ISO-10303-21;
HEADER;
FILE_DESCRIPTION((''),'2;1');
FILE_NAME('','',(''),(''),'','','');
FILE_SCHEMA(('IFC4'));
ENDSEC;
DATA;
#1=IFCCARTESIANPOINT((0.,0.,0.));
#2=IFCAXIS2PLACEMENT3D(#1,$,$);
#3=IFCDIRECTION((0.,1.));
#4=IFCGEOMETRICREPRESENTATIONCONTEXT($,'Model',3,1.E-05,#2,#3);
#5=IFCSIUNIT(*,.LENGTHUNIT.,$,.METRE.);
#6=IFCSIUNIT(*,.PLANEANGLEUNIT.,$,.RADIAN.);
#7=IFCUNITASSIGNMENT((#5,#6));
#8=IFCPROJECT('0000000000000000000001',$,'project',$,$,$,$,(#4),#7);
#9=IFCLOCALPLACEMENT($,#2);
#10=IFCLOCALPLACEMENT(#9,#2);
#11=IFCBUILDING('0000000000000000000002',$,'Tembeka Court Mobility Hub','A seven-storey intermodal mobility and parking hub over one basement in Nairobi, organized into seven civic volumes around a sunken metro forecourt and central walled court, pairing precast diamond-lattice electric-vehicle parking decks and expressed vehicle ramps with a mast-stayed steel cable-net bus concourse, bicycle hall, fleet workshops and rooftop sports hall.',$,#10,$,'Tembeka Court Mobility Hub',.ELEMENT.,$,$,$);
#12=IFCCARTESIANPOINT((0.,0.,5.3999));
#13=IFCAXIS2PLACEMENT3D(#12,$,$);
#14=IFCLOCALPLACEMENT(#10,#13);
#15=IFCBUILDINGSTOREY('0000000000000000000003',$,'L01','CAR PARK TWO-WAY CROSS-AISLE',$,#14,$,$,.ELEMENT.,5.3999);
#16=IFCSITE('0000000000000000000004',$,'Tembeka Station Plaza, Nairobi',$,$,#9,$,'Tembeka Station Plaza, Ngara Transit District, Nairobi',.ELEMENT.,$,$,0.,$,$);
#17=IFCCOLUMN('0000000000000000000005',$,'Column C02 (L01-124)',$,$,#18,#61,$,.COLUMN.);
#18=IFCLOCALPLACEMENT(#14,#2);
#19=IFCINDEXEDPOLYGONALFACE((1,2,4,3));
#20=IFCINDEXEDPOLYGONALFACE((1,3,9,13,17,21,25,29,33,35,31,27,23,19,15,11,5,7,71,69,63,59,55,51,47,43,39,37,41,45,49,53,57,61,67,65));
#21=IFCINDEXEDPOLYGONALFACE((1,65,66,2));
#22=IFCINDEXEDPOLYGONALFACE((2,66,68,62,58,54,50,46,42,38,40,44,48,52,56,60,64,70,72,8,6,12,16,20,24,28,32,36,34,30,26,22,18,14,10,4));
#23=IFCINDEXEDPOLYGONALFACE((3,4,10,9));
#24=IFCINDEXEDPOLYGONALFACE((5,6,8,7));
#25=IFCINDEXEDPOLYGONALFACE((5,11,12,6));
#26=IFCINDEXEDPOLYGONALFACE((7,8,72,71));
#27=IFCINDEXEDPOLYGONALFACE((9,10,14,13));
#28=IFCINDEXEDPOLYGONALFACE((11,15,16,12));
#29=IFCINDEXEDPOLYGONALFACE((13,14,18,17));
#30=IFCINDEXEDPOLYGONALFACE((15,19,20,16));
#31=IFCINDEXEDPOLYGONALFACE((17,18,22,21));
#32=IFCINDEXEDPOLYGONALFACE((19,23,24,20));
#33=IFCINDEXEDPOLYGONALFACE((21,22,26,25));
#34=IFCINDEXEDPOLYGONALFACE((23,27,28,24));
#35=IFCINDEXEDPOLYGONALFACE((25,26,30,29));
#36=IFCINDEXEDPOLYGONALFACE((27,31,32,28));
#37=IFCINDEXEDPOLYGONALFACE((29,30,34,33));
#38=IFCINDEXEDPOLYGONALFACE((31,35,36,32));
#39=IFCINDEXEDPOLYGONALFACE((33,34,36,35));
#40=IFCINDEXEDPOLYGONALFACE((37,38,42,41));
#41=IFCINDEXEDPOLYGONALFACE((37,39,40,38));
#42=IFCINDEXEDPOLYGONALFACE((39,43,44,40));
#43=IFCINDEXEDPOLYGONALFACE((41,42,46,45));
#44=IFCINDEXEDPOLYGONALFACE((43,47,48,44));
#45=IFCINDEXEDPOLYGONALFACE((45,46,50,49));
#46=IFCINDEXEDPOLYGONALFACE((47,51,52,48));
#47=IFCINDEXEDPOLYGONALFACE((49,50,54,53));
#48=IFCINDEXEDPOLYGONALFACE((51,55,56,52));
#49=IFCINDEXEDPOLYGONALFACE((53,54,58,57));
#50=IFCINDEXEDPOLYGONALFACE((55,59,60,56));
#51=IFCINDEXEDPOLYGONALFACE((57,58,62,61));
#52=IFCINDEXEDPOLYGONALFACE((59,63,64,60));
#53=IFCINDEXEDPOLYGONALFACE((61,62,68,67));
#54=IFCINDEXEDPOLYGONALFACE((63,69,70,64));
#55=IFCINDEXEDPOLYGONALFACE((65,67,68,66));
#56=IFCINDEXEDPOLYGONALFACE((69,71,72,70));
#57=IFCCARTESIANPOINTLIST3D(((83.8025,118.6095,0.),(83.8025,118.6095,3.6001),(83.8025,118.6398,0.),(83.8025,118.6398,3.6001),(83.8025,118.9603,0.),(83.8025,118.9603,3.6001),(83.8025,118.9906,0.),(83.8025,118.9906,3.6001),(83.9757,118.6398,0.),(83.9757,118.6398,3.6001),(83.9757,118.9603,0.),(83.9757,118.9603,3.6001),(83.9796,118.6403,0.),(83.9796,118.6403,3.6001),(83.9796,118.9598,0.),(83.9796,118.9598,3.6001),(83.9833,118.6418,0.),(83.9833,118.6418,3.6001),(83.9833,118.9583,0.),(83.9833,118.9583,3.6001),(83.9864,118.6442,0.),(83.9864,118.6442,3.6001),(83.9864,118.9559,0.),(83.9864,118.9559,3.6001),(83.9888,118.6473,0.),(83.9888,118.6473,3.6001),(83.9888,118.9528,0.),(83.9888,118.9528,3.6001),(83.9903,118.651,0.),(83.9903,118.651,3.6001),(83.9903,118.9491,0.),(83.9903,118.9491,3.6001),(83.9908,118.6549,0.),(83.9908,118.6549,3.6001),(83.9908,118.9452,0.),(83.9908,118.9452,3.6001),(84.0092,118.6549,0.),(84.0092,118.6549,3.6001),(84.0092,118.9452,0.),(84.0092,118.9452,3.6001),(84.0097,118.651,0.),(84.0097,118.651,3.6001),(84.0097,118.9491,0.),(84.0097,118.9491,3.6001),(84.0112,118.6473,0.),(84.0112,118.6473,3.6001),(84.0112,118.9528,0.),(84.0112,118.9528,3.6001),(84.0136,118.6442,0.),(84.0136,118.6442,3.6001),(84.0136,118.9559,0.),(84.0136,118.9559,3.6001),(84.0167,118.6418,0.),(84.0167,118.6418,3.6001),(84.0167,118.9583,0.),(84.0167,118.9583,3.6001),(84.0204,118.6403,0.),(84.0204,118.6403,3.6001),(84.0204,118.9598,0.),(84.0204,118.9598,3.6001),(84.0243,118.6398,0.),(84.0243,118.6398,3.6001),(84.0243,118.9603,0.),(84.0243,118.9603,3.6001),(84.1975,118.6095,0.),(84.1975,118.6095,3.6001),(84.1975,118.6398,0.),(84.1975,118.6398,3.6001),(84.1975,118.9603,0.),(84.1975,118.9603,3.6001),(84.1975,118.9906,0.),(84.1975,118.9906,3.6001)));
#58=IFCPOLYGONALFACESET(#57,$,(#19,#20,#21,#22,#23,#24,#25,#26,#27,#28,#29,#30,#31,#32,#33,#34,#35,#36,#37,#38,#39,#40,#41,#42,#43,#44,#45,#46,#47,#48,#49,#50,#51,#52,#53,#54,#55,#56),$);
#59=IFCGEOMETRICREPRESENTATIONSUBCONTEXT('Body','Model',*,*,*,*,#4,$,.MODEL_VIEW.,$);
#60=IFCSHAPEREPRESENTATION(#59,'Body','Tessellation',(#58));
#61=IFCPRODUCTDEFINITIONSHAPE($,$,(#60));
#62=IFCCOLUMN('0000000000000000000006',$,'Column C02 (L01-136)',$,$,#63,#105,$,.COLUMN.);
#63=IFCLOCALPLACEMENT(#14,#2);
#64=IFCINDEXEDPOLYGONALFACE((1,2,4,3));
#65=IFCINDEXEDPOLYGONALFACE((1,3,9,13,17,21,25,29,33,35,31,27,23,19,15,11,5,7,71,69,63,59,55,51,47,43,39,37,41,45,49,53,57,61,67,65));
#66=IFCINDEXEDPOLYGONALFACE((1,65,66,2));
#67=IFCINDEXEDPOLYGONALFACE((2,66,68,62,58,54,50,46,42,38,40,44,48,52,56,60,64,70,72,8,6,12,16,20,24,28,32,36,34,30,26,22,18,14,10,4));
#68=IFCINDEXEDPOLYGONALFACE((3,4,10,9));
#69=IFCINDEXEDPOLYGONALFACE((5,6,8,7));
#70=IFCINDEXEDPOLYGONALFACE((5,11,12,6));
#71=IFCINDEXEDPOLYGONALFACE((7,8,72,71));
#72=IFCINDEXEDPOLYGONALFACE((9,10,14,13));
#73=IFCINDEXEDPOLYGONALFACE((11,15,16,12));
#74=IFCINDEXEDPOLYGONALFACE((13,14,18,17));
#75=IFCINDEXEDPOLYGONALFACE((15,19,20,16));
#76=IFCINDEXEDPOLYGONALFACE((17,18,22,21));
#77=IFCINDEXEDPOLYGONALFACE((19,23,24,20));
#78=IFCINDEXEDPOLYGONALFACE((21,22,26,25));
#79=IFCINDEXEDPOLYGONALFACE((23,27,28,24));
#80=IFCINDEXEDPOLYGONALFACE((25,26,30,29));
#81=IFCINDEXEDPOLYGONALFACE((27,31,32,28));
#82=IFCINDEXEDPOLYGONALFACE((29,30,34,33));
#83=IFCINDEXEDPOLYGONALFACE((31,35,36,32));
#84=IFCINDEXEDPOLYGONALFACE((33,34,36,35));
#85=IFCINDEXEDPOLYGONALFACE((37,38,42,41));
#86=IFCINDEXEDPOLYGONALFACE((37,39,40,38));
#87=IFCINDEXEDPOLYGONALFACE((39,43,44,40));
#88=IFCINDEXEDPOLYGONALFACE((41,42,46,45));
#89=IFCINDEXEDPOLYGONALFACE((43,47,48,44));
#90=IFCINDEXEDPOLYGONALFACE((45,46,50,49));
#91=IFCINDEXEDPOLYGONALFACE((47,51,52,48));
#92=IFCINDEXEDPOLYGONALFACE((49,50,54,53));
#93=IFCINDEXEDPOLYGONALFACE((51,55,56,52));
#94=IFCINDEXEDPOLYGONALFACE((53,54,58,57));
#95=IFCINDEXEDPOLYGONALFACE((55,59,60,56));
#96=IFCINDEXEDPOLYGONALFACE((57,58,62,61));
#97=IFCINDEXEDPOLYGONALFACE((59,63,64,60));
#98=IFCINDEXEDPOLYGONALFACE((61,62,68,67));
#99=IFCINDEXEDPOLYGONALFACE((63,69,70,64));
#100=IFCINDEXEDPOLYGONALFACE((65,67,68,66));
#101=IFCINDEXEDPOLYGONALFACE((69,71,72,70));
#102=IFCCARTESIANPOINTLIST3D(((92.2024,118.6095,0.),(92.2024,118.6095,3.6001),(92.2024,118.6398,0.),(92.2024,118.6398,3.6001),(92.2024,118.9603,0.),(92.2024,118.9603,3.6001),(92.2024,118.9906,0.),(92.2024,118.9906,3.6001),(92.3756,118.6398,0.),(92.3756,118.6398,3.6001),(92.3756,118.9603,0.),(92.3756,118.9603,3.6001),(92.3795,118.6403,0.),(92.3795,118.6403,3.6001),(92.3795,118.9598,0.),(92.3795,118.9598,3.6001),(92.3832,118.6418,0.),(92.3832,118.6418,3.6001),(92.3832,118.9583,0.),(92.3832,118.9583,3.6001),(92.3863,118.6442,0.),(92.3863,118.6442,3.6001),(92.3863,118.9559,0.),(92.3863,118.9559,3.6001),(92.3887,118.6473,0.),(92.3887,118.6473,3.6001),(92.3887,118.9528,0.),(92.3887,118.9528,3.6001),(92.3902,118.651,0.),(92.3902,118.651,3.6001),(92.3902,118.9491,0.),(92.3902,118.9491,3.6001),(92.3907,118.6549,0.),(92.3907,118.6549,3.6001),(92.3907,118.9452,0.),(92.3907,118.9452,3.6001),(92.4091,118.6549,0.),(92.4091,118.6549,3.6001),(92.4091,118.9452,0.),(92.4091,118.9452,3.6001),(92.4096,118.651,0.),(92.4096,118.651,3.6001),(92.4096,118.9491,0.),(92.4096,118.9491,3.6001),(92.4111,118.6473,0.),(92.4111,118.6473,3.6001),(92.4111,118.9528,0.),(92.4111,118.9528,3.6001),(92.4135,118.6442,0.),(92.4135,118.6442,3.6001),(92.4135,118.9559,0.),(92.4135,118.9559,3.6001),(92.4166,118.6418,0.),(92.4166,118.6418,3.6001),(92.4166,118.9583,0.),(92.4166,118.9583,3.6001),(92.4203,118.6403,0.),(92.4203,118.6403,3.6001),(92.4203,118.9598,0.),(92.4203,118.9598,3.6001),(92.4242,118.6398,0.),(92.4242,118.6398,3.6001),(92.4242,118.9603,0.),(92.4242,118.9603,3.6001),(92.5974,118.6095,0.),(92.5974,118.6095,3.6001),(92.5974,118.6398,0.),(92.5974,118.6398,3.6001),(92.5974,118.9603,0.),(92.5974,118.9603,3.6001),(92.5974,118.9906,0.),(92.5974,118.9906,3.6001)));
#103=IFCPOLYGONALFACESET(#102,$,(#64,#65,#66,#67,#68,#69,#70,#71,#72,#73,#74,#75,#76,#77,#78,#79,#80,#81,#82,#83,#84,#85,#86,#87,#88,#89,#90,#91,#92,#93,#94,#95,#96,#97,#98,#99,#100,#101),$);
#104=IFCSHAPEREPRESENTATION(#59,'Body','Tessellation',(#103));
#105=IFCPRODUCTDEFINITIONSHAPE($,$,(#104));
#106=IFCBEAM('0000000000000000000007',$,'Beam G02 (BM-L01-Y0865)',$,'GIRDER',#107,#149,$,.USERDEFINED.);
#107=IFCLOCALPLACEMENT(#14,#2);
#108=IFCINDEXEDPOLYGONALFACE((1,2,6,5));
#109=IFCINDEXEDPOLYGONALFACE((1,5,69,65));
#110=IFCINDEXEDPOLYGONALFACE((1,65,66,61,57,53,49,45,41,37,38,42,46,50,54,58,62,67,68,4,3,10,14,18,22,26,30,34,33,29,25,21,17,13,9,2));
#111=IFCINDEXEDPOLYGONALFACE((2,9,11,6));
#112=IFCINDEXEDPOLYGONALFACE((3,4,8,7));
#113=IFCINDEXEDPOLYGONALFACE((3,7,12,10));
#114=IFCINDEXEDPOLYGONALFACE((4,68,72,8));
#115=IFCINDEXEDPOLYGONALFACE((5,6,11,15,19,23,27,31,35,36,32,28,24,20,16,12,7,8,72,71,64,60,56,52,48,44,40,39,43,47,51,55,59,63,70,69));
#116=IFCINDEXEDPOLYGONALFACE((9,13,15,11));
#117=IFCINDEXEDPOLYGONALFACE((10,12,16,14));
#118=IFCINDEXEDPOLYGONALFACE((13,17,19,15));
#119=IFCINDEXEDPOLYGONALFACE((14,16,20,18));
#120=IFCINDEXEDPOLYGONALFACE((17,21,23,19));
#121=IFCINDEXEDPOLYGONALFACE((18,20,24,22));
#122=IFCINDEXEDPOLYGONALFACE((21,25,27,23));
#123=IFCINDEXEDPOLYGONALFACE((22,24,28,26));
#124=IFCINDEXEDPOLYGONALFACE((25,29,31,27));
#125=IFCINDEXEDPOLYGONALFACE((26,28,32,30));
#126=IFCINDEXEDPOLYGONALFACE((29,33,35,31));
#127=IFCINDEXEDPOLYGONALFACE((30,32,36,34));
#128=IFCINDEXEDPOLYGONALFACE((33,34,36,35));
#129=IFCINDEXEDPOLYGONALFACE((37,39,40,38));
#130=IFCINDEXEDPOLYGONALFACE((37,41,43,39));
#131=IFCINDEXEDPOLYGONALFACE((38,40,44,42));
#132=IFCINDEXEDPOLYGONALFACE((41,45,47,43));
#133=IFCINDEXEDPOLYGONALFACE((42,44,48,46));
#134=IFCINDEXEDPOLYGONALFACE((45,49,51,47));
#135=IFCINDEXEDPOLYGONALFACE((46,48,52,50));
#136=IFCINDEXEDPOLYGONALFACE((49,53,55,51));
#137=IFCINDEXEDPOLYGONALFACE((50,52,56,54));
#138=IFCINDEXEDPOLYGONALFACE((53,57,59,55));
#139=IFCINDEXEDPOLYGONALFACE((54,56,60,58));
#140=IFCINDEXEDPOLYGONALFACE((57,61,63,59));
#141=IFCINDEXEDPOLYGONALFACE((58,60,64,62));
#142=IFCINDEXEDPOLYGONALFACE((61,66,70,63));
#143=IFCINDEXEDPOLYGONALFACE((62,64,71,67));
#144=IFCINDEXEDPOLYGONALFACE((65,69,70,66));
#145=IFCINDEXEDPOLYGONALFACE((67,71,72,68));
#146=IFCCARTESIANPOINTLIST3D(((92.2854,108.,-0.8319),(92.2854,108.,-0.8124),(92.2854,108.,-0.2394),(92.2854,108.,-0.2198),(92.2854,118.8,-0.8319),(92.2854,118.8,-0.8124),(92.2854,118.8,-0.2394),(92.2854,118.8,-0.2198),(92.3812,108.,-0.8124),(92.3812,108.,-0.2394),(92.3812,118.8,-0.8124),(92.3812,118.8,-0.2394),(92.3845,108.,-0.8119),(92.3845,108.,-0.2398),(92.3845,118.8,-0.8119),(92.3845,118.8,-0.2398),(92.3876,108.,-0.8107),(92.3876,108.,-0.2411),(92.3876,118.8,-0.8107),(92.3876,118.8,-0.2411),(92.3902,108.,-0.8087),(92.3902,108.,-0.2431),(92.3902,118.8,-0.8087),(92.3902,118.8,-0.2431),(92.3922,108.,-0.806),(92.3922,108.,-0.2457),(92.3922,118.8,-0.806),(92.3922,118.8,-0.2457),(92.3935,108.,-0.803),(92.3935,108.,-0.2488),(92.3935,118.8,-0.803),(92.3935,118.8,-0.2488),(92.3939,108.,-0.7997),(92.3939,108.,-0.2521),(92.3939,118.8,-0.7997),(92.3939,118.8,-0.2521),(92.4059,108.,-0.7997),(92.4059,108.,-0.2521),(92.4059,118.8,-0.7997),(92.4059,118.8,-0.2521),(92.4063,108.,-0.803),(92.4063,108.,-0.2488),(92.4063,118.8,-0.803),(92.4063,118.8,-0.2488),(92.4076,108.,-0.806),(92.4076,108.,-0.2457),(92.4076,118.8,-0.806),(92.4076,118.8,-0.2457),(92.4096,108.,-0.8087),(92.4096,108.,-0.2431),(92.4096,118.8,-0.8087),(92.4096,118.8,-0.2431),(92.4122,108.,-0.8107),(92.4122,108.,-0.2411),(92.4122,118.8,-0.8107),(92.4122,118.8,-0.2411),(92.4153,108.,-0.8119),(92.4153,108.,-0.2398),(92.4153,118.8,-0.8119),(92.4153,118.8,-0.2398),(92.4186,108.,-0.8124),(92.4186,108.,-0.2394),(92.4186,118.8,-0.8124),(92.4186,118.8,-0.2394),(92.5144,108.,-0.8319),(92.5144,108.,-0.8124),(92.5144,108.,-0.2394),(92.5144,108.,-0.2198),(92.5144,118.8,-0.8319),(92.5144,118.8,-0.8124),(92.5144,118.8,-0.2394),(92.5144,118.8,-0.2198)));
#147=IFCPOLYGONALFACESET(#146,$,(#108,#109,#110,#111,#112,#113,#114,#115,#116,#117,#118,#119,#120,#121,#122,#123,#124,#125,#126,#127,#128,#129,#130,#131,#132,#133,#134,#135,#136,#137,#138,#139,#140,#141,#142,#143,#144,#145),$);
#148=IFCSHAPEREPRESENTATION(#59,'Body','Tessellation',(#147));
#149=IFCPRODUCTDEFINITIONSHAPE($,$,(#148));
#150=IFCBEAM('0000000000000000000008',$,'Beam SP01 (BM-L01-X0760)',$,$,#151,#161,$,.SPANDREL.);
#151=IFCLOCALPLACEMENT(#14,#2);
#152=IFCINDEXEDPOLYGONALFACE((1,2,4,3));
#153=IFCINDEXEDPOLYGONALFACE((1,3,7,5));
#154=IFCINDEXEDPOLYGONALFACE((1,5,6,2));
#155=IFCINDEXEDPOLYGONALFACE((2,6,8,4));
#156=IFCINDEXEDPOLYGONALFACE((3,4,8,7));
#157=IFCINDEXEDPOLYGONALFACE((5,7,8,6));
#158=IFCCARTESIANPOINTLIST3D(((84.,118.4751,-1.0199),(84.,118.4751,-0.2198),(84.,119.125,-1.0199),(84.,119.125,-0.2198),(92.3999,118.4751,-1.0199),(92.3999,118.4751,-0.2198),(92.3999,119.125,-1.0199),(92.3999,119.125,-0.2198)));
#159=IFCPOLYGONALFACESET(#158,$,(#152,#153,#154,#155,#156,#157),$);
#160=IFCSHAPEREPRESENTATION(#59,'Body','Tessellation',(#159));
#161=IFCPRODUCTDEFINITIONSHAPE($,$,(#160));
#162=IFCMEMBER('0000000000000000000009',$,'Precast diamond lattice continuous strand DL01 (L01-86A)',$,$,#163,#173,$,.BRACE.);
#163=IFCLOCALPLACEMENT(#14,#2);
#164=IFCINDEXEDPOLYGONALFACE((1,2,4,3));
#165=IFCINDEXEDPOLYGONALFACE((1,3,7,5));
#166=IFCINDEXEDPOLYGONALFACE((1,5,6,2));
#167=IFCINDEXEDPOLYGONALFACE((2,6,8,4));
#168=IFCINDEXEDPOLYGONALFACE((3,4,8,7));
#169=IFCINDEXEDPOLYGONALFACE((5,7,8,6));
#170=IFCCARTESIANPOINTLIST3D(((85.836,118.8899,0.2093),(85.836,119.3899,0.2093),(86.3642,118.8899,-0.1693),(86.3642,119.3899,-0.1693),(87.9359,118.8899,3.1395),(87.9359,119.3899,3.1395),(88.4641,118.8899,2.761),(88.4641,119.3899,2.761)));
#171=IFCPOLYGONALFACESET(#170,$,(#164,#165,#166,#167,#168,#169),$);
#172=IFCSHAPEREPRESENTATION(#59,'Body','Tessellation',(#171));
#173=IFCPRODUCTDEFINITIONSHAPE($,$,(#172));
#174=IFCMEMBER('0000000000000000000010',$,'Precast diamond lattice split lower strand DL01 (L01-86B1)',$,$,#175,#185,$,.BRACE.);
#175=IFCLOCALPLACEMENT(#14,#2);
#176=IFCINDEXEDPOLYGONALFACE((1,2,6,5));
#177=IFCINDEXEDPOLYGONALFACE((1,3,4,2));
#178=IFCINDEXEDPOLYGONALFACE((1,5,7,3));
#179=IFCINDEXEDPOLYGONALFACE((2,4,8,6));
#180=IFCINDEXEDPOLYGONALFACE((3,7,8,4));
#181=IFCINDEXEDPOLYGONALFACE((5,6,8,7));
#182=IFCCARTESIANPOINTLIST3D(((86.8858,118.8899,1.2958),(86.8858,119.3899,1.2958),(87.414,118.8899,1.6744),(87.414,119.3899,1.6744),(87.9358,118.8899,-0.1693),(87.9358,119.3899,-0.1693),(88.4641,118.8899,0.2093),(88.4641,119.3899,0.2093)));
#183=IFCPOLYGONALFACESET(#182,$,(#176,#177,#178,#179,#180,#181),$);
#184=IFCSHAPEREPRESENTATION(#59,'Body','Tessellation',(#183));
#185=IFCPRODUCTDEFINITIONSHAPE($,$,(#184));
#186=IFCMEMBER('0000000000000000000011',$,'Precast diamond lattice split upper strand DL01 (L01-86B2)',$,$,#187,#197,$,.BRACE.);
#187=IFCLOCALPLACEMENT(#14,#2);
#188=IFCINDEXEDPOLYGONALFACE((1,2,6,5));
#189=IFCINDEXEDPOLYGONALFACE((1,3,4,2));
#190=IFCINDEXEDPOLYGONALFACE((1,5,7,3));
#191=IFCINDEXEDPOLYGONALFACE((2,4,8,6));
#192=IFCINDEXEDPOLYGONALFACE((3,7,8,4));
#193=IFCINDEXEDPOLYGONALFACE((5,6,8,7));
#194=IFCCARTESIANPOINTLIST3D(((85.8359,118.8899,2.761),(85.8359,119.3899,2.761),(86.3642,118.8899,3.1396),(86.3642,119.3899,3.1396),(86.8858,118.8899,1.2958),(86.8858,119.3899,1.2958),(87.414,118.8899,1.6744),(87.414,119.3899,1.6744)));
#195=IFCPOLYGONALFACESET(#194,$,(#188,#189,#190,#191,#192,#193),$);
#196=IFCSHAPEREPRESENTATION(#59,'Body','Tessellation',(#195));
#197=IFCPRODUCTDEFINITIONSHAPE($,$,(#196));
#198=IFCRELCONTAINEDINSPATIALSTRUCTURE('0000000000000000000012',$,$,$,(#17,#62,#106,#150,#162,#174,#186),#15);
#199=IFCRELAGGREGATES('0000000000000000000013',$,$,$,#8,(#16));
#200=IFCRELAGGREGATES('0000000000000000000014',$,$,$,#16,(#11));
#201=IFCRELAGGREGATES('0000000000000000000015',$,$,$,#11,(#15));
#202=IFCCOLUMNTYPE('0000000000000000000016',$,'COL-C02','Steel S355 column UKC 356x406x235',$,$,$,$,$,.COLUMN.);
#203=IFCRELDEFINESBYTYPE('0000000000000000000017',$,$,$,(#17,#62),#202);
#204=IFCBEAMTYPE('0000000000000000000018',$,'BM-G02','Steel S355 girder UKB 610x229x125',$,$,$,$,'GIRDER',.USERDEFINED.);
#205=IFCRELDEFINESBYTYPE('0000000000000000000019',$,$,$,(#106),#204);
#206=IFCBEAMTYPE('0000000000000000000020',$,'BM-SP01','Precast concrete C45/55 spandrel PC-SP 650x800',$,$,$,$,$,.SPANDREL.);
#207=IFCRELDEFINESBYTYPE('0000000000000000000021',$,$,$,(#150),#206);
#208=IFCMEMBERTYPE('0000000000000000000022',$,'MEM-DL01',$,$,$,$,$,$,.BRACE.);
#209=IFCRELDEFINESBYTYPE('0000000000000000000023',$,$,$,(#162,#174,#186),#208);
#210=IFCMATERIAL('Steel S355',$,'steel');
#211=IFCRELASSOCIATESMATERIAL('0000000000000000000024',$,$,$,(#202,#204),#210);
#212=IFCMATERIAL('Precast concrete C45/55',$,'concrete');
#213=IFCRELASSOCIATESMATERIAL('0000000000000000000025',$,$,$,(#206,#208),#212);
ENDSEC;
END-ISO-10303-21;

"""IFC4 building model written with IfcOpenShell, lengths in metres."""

from ifc_helpers import new_model, si_unit, direction, frame, origin, origin_2d, place, context, subcontext, project, spatial, rectangle, i_section, extrude, material, material_profile, profile_set, type_object, element, save


model = new_model("IFC4")

# Units and contexts
model_context = context("Model", 3, precision=1e-05, world=origin(), true_north=direction((0.0, 1.0)))
body_context = subcontext(model_context, "Body", "Model", "MODEL_VIEW")
ifc_project = project(units=[si_unit("LENGTHUNIT", "METRE"), si_unit("PLANEANGLEUNIT", "RADIAN")], contexts=[model_context])

# Site, building, storey
site_placement = place(None, origin())
site = spatial("IfcSite", under=ifc_project, at=site_placement, Name="Tembeka Station Plaza, Nairobi", LongName="Tembeka Station Plaza, Ngara Transit District, Nairobi", CompositionType="ELEMENT", RefElevation=0.0)
building_placement = place(site_placement, origin())
building = spatial("IfcBuilding", under=site, at=building_placement, Name="Tembeka Court Mobility Hub", Description="A seven-storey intermodal mobility and parking hub over one basement in Nairobi, organized into seven civic volumes around a sunken metro forecourt and central walled court, pairing precast diamond-lattice electric-vehicle parking decks and expressed vehicle ramps with a mast-stayed steel cable-net bus concourse, bicycle hall, fleet workshops and rooftop sports hall.", LongName="Tembeka Court Mobility Hub", CompositionType="ELEMENT")
storey_placement = place(building_placement, frame((0.0, 0.0, 5.3999)))
storey = spatial("IfcBuildingStorey", under=building, at=storey_placement, Name="L01", Description="CAR PARK TWO-WAY CROSS-AISLE", CompositionType="ELEMENT", Elevation=5.3999)

# Columns
ifc_material_1 = material(Name="Steel S355", Category="steel")
ifc_material_profile_1 = material_profile(ifc_material_1, i_section(OverallWidth=0.395, OverallDepth=0.3811, WebThickness=0.0183, FlangeThickness=0.0303, FilletRadius=0.0151, at=origin_2d()), Name="UKC 356x406x235")
ifc_profile_set_1 = profile_set([ifc_material_profile_1], Name="Steel S355")
column_type = type_object("IfcColumnType", Name="COL-C02", Description="Steel S355 column UKC 356x406x235", PredefinedType="COLUMN", material=ifc_profile_set_1)
for number, where, z_axis, x_axis, name in (
    (1, (84.0, 118.8, 0.0), (0.0, 0.0, 1.0), (1.0, 0.0, 0.0), "Column C02 (L01-124)"),
    (2, (92.3999, 118.8, 0.0), (0.0, 0.0, 1.0), (1.0, 0.0, 0.0), "Column C02 (L01-136)"),
):
    element("IfcColumn", number, at=place(storey_placement, frame(where, z_axis=z_axis, x_axis=x_axis)), inside=storey, type_object=column_type, Name=name, PredefinedType="COLUMN", context=body_context, shape_type="SweptSolid", body=[
        extrude(i_section(OverallWidth=0.395, OverallDepth=0.3811, WebThickness=0.0183, FlangeThickness=0.0303, FilletRadius=0.0151, at=origin_2d()), origin(), (0.0, 0.0, 1.0), 3.6001),
    ])

# Beams
ifc_material_profile_2 = material_profile(ifc_material_1, i_section(OverallWidth=0.229, OverallDepth=0.6121, WebThickness=0.012, FlangeThickness=0.0195, FilletRadius=0.0127, at=origin_2d()), Name="UKB 610x229x125")
ifc_profile_set_2 = profile_set([ifc_material_profile_2], Name="Steel S355")
beam_type_1 = type_object("IfcBeamType", Name="BM-G02", Description="Steel S355 girder UKB 610x229x125", ElementType="GIRDER", PredefinedType="USERDEFINED", material=ifc_profile_set_2)
beam_1_placement = place(storey_placement, frame((92.3999, 108.0, -0.5259), z_axis=(0.0, 1.0, 0.0), x_axis=(-1.0, 0.0, 0.0)))
element("IfcBeam", 3, at=beam_1_placement, inside=storey, type_object=beam_type_1, Name="Beam G02 (BM-L01-Y0865)", ObjectType="GIRDER", PredefinedType="USERDEFINED", context=body_context, shape_type="SweptSolid", body=[
    extrude(i_section(OverallWidth=0.229, OverallDepth=0.6121, WebThickness=0.012, FlangeThickness=0.0195, FilletRadius=0.0127, at=origin_2d()), origin(), (0.0, 0.0, 1.0), 10.8),
])
ifc_material_2 = material(Name="Precast concrete C45/55", Category="concrete")
ifc_material_profile_3 = material_profile(ifc_material_2, rectangle(XDim=0.6499, YDim=0.8, at=origin_2d()), Name="PC-SP 650x800")
ifc_profile_set_3 = profile_set([ifc_material_profile_3], Name="Precast concrete C45/55")
beam_type_2 = type_object("IfcBeamType", Name="BM-SP01", Description="Precast concrete C45/55 spandrel PC-SP 650x800", PredefinedType="SPANDREL", material=ifc_profile_set_3)
beam_2_placement = place(storey_placement, frame((84.0, 118.8, -0.6199), z_axis=(1.0, 0.0, 0.0), x_axis=(0.0, 1.0, 0.0)))
element("IfcBeam", 4, at=beam_2_placement, inside=storey, type_object=beam_type_2, Name="Beam SP01 (BM-L01-X0760)", PredefinedType="SPANDREL", context=body_context, shape_type="SweptSolid", body=[
    extrude(rectangle(XDim=0.6499, YDim=0.8, at=origin_2d()), origin(), (0.0, 0.0, 1.0), 8.3999),
])

# Members
ifc_material_profile_4 = material_profile(ifc_material_2, rectangle(XDim=0.5, YDim=0.6499, at=origin_2d()), Name="PC-DIAG 500x650")
ifc_profile_set_4 = profile_set([ifc_material_profile_4], Name="Precast concrete C45/55")
member_type_1 = type_object("IfcMemberType", Name="MEM-DL01", PredefinedType="BRACE", material=ifc_profile_set_4)
member_1_placement = place(storey_placement, frame((86.1001, 119.1399, 0.02), z_axis=(0.5825, 0.0, 0.812831), x_axis=(0.0, 1.0, 0.0)))
element("IfcMember", 5, at=member_1_placement, inside=storey, type_object=member_type_1, Name="Precast diamond lattice continuous strand DL01 (L01-86A)", PredefinedType="BRACE", context=body_context, shape_type="SweptSolid", body=[
    extrude(rectangle(XDim=0.5, YDim=0.6499, at=origin_2d()), origin(), (0.0, 0.0, 1.0), 3.605),
])
for number, where, z_axis, x_axis, name in (
    (6, (88.2, 119.1399, 0.02), (-0.582544, 0.0, 0.812799), (0.0, -1.0, 0.0), "Precast diamond lattice split lower strand DL01 (L01-86B1)"),
    (7, (87.1499, 119.1399, 1.4851), (-0.582455, 0.0, 0.812863), (0.0, -1.0, 0.0), "Precast diamond lattice split upper strand DL01 (L01-86B2)"),
):
    element("IfcMember", number, at=place(storey_placement, frame(where, z_axis=z_axis, x_axis=x_axis)), inside=storey, type_object=member_type_1, Name=name, PredefinedType="BRACE", context=body_context, shape_type="SweptSolid", body=[
        extrude(rectangle(XDim=0.5, YDim=0.6499, at=origin_2d()), origin(), (0.0, 0.0, 1.0), 1.8025),
    ])

save(model, "model.ifc")
